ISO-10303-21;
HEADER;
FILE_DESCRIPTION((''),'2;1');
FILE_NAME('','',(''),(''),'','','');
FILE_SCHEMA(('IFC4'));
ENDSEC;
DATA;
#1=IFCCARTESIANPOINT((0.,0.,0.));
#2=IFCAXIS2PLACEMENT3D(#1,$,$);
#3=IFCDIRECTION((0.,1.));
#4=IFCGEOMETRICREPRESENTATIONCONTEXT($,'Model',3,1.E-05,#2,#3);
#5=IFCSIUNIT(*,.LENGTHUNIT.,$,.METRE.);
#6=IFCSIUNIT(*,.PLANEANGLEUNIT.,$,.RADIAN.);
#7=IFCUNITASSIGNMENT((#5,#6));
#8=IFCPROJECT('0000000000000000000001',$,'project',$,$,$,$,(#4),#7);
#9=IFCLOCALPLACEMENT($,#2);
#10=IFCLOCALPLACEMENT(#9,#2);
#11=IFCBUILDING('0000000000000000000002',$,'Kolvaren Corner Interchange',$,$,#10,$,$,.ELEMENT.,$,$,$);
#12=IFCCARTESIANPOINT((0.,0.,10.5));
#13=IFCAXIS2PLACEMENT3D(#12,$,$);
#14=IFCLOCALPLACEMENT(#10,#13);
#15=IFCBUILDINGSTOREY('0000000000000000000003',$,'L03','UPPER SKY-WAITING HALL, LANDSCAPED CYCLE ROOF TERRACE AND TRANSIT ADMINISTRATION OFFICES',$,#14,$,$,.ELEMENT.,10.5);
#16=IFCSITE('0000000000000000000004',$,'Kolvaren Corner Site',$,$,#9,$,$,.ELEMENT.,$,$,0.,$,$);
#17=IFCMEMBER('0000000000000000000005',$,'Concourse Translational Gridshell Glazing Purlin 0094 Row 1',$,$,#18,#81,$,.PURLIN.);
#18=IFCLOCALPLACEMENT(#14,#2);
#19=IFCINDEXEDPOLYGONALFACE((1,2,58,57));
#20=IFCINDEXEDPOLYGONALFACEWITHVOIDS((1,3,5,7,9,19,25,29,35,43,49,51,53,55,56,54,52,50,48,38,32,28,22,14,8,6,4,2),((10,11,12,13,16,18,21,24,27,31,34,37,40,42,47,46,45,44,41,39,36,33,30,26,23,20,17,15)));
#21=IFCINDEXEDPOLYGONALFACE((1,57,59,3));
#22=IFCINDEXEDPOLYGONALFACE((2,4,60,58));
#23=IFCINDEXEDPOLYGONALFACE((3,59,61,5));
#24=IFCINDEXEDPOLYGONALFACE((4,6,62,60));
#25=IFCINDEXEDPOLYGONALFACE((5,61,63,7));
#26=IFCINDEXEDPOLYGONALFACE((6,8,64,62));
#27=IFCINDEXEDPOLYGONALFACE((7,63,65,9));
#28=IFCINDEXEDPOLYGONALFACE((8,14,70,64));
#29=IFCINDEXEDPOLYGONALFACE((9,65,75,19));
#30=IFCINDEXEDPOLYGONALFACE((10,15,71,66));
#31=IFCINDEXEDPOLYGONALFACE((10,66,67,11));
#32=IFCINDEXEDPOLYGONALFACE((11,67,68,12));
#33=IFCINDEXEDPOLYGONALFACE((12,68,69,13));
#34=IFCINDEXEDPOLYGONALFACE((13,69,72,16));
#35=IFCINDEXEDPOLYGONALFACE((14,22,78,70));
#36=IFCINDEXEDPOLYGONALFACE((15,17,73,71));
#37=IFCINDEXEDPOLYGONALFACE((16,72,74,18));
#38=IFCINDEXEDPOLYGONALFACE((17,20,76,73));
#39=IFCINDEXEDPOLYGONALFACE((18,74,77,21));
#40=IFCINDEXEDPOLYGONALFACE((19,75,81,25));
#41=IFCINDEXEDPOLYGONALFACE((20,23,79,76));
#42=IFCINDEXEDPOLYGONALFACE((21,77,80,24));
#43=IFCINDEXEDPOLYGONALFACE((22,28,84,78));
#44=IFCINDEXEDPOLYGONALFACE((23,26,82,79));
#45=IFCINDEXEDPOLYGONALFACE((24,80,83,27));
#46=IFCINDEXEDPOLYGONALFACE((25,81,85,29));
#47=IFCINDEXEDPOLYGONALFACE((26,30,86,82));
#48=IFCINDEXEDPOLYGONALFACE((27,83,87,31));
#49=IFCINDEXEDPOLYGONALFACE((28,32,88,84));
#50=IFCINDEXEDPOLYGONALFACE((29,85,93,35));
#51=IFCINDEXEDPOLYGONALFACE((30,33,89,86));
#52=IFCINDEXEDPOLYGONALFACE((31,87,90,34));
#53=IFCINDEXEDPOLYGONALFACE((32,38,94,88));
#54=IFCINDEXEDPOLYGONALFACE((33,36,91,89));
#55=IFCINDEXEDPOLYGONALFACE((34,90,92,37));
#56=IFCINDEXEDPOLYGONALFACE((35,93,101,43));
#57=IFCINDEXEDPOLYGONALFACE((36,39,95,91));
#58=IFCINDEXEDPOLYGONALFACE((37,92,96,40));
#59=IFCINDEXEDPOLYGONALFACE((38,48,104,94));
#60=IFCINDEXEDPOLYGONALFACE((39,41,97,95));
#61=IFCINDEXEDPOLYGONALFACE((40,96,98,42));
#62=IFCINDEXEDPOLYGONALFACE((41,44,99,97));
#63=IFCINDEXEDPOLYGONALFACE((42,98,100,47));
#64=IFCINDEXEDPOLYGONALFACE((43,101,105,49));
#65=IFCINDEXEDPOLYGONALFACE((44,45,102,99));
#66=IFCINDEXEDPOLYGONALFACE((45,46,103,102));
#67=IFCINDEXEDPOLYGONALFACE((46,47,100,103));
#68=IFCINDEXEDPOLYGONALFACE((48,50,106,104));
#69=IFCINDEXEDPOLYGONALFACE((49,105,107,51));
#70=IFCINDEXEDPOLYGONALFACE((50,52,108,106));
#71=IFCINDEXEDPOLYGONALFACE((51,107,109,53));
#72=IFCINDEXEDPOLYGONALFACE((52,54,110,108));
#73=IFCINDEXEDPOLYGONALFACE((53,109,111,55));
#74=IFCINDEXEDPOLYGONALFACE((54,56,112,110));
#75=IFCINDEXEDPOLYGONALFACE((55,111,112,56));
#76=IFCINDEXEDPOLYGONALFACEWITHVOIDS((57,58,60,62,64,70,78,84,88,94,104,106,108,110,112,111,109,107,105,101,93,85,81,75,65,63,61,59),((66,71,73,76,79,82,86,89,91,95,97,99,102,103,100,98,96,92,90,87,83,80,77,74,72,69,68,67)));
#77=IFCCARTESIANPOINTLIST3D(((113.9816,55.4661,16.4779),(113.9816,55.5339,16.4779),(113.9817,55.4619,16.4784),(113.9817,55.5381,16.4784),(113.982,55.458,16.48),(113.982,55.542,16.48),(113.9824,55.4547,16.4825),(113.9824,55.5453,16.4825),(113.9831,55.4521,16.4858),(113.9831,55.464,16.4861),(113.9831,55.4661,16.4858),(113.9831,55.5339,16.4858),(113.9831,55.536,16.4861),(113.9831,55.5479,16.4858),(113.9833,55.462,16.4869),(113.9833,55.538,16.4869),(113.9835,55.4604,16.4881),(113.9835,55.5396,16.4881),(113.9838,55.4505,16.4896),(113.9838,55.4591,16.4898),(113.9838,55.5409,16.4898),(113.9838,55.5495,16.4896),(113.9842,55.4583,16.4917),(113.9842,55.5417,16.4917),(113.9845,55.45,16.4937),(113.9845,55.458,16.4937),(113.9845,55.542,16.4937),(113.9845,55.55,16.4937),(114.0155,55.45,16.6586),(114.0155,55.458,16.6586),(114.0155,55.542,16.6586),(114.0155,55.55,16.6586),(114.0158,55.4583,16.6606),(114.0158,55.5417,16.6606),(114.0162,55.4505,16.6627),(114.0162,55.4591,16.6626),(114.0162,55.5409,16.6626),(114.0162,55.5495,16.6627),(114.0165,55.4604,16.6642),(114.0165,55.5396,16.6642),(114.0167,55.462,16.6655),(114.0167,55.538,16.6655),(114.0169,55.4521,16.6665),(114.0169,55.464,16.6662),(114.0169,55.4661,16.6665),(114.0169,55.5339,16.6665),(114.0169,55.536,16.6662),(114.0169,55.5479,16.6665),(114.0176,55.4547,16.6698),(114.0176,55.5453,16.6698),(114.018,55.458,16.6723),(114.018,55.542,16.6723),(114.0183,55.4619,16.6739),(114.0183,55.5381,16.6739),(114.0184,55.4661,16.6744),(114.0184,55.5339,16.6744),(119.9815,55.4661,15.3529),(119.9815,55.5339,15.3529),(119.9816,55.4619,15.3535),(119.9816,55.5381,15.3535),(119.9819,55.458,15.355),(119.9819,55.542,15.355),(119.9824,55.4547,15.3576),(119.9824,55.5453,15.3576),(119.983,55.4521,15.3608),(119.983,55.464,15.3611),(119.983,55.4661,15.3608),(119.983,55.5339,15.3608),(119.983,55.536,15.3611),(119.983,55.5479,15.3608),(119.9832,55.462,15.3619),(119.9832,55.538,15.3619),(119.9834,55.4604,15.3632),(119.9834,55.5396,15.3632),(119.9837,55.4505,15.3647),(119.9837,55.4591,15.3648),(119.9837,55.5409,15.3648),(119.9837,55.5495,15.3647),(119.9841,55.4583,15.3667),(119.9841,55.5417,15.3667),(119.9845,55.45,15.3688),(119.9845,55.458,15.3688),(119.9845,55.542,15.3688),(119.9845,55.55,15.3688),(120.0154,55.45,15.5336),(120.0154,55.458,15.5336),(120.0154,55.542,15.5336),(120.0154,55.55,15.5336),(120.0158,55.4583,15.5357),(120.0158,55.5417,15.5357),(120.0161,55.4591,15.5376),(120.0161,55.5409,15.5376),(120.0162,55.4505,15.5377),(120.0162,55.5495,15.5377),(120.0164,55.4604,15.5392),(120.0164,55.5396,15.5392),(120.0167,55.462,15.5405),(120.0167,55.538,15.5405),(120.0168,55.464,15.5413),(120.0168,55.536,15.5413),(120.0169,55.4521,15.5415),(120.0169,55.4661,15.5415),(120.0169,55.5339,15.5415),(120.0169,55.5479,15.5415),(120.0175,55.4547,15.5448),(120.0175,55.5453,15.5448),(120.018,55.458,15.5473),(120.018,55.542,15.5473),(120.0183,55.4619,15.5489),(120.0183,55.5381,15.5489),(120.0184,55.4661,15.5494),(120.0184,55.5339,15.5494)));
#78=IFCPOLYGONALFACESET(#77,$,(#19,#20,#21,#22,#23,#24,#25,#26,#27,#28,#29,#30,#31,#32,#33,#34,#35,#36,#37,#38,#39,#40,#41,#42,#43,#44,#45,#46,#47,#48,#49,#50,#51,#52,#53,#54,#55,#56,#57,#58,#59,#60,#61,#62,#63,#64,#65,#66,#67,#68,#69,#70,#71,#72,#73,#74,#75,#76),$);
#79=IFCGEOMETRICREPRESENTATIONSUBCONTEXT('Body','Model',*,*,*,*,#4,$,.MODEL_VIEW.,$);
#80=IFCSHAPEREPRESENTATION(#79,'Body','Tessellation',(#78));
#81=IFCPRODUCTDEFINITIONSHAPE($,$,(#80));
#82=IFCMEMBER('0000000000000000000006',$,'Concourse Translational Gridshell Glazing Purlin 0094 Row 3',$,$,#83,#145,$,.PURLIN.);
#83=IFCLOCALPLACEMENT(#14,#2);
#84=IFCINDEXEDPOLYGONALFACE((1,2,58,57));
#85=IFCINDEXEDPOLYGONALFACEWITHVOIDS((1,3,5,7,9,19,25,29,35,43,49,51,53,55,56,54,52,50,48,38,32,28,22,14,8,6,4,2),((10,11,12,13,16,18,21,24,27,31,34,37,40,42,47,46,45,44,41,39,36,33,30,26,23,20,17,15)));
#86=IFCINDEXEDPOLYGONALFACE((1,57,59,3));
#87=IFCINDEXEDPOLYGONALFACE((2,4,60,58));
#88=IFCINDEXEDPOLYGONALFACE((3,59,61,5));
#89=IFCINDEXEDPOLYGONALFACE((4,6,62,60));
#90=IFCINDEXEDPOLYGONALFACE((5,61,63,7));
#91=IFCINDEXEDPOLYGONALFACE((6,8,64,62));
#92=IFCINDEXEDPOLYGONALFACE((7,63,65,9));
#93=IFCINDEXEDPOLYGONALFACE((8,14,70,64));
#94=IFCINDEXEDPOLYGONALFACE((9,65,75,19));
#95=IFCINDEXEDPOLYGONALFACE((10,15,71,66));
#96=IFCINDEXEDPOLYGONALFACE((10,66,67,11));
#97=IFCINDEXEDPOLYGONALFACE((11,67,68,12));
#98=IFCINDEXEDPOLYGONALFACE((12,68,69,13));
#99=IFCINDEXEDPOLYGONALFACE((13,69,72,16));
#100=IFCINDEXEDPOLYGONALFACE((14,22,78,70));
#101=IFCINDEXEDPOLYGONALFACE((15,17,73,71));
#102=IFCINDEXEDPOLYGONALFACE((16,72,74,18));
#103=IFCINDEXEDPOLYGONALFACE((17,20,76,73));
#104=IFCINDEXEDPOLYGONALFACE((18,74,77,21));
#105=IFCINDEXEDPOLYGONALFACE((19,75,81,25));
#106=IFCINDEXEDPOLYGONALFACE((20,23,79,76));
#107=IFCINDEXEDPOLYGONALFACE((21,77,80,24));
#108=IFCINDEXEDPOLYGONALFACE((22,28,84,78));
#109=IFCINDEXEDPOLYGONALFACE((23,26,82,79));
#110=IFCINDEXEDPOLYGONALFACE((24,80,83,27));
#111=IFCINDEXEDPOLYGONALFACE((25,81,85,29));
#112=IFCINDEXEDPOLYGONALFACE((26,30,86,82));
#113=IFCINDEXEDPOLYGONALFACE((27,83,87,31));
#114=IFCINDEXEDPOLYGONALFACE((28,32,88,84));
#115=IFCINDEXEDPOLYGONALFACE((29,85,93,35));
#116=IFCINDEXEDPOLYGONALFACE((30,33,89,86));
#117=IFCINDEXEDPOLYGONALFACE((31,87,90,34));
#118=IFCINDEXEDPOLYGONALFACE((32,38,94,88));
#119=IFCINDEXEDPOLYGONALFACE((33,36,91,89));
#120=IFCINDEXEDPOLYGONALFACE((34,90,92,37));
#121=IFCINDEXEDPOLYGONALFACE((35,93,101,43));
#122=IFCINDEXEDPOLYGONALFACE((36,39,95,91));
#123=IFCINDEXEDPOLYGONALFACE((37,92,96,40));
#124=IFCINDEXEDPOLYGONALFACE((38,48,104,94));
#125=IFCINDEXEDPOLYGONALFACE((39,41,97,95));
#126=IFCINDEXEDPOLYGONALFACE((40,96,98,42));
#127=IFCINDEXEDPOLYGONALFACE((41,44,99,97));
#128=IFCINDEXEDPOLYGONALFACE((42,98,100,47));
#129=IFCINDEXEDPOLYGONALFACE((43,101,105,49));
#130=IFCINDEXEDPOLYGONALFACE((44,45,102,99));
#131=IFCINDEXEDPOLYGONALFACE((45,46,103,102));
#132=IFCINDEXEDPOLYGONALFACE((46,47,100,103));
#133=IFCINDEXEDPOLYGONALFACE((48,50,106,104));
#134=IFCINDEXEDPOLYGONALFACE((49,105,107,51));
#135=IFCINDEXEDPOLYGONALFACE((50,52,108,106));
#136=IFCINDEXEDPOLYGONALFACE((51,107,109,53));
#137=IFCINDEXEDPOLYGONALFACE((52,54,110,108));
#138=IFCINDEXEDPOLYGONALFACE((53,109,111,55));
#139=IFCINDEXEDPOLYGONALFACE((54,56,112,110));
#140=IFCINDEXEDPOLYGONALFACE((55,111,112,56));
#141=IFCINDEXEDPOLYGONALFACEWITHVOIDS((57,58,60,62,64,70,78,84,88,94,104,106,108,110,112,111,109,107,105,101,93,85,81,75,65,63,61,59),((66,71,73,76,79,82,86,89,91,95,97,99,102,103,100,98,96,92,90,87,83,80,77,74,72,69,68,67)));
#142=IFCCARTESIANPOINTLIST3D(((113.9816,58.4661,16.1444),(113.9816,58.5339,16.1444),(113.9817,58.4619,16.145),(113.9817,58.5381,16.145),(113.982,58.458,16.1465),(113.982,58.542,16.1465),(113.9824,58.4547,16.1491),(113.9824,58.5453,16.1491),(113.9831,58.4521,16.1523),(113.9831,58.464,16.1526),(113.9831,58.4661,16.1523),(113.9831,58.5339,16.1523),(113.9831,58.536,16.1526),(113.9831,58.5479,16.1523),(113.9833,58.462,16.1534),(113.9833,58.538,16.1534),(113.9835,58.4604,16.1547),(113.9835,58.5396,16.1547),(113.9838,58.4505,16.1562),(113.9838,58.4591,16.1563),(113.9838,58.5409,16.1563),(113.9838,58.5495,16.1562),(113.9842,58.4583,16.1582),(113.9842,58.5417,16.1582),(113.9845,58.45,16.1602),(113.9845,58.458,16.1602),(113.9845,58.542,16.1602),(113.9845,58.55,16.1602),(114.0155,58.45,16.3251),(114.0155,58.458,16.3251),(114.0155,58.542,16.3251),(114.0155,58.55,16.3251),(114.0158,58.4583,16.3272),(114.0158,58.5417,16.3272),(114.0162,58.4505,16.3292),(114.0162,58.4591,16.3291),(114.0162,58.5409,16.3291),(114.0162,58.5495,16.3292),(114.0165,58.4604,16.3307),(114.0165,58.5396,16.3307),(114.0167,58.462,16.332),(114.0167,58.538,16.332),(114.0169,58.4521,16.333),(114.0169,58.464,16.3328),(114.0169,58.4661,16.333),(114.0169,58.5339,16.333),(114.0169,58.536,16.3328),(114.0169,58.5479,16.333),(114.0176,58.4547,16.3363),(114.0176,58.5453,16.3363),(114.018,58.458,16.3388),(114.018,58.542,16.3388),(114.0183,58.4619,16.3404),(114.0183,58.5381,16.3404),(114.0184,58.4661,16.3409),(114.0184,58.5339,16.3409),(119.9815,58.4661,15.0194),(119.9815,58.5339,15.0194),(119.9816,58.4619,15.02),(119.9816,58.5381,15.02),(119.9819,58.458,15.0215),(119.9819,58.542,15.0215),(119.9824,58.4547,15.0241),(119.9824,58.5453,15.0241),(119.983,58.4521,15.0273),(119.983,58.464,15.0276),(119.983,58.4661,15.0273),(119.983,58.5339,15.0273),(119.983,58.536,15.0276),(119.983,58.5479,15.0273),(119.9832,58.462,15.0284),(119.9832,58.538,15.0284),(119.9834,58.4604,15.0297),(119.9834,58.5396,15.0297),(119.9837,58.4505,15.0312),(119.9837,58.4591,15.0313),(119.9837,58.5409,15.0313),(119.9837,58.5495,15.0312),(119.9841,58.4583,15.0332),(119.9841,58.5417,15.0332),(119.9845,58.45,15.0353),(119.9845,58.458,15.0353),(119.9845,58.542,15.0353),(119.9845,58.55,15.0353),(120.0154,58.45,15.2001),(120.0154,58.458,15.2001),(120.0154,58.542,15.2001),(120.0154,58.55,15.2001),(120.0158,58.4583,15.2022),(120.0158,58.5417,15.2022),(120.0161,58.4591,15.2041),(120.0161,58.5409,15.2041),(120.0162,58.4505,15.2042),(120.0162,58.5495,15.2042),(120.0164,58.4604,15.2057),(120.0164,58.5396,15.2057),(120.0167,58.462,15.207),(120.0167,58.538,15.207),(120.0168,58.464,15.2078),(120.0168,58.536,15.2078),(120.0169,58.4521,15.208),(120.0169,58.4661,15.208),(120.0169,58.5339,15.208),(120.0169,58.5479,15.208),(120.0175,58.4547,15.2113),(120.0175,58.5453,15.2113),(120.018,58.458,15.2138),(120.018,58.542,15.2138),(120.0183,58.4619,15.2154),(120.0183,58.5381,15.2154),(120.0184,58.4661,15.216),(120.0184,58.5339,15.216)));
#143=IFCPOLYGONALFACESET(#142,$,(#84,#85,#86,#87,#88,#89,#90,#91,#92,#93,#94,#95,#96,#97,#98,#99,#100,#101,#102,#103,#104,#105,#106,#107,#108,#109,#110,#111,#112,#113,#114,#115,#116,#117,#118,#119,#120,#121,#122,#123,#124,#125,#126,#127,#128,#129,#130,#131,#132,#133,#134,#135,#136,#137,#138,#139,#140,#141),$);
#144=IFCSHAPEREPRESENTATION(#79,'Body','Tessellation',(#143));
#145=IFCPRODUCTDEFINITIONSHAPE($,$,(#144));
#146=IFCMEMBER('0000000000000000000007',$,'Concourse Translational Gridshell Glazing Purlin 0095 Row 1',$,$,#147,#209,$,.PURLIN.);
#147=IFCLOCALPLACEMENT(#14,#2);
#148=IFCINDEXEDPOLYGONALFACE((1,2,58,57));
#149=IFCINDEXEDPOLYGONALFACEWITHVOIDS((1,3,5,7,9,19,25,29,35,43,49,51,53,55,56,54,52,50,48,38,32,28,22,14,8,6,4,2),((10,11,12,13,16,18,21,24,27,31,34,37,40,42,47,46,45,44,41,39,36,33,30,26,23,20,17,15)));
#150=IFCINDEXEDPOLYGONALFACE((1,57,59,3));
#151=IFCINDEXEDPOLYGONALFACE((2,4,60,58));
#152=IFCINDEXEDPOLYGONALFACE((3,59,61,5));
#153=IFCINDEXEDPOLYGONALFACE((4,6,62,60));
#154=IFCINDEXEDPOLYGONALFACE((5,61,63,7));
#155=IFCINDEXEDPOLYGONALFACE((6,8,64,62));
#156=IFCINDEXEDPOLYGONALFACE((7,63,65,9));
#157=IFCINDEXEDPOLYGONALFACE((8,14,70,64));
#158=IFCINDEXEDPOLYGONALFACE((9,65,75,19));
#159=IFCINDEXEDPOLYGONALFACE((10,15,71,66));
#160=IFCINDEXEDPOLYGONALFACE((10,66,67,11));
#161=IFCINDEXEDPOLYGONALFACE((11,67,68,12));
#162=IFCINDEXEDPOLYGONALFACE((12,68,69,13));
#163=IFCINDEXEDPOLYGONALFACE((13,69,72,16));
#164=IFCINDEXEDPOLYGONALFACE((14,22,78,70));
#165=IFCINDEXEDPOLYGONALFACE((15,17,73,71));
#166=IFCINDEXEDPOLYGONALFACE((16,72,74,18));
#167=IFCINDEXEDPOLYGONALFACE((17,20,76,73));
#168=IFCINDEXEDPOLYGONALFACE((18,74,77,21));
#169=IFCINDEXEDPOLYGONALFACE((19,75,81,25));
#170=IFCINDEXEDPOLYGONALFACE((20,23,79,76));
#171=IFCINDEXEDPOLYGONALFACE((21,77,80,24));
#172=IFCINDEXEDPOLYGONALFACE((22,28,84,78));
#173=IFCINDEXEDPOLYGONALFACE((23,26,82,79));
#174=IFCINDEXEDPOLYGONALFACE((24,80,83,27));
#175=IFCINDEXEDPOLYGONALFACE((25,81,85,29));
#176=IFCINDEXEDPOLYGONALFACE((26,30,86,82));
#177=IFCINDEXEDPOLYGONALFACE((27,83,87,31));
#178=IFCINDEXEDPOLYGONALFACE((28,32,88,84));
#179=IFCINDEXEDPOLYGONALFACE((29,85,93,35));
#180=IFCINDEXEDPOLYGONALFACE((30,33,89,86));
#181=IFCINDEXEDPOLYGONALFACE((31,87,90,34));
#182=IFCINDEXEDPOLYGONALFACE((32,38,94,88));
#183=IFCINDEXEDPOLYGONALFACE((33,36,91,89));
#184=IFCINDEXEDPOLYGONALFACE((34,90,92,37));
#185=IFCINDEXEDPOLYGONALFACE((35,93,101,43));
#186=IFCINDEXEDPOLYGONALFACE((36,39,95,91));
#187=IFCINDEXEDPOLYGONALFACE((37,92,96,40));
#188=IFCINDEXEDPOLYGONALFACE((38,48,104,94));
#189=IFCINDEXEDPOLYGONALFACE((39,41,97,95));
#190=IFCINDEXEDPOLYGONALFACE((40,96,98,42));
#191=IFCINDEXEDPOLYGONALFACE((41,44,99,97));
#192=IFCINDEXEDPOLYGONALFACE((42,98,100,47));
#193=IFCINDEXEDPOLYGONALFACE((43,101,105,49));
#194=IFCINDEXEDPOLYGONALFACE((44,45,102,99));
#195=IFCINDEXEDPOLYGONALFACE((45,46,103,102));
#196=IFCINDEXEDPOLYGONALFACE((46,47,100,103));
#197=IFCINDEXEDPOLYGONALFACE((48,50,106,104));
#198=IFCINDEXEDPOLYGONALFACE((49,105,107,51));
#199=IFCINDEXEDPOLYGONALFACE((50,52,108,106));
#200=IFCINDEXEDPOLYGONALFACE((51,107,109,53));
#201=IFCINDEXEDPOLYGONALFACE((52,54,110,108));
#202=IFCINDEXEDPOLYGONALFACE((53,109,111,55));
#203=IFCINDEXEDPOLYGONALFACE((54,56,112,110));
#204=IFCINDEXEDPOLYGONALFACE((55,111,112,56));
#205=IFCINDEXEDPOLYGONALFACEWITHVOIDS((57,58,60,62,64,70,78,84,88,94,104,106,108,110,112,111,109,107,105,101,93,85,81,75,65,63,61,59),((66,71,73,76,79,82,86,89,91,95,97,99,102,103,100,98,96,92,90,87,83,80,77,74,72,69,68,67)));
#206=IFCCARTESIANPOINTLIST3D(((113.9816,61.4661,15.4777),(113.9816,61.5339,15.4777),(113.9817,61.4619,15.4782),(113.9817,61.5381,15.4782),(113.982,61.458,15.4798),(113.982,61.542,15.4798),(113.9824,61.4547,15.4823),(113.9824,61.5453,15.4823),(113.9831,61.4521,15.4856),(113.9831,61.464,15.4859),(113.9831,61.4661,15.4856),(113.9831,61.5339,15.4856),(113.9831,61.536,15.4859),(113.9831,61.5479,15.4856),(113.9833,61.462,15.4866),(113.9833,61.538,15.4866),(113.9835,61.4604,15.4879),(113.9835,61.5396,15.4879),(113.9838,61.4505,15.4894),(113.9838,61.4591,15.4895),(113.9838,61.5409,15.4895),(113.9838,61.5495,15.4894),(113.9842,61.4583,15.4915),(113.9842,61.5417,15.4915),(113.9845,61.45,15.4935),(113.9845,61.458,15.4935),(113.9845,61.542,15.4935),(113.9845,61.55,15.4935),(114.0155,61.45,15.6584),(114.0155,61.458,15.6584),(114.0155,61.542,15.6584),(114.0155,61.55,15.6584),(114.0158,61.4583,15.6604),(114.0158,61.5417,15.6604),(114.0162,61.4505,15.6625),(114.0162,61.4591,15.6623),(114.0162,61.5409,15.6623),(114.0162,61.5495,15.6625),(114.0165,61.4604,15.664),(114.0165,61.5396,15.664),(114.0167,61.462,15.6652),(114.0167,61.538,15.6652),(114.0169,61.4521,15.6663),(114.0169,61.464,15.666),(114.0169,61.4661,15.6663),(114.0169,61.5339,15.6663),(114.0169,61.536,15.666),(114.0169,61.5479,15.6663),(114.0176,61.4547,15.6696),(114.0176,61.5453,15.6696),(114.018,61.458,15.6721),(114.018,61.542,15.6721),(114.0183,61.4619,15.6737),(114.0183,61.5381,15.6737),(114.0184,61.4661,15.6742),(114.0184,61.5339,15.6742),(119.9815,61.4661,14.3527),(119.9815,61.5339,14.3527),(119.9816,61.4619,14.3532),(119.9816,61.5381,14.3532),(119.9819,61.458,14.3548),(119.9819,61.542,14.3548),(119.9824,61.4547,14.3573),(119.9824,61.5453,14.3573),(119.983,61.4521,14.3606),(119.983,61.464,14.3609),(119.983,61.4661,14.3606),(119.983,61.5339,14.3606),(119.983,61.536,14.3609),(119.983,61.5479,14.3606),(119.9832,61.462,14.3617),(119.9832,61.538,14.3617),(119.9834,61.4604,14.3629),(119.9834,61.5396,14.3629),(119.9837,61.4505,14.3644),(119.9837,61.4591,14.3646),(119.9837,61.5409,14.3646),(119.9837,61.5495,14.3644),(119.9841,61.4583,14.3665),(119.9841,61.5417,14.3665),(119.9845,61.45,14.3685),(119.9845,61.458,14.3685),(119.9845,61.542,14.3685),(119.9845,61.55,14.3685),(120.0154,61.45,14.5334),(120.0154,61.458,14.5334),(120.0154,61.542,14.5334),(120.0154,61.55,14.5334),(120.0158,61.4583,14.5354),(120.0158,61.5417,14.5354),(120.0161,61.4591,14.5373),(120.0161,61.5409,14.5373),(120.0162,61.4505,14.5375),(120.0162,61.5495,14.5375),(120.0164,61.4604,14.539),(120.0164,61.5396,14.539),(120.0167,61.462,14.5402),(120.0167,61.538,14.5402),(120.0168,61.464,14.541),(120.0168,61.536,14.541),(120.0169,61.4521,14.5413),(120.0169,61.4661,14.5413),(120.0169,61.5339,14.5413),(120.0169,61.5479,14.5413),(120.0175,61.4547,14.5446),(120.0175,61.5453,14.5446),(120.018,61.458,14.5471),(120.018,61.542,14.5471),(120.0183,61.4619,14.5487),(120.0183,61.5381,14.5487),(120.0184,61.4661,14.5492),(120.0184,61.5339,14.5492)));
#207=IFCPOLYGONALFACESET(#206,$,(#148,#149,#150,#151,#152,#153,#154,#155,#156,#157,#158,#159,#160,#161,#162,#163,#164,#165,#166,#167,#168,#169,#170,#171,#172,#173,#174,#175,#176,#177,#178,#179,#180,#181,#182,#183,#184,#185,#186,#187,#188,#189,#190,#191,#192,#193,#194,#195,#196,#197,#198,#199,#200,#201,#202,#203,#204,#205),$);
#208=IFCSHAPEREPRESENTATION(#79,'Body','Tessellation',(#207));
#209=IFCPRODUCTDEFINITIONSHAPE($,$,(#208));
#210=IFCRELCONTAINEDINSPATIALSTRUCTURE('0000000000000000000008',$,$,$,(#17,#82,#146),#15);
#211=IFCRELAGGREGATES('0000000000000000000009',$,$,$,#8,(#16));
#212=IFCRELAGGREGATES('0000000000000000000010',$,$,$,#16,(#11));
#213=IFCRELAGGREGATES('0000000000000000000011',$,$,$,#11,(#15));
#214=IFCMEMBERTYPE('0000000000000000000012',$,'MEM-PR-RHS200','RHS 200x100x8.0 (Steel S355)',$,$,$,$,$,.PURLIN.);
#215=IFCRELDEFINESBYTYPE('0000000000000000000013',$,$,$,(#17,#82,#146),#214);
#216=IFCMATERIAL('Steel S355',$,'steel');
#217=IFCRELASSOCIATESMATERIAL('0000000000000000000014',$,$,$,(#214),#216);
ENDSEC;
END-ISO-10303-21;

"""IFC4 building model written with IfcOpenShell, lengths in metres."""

from ifc_helpers import new_model, si_unit, direction, frame, origin, origin_2d, place, context, subcontext, project, spatial, hollow_rectangle, extrude, material, material_profile, profile_set, type_object, element, save


model = new_model("IFC4")

# Units and contexts
model_context = context("Model", 3, precision=1e-05, world=origin(), true_north=direction((0.0, 1.0)))
body_context = subcontext(model_context, "Body", "Model", "MODEL_VIEW")
ifc_project = project(units=[si_unit("LENGTHUNIT", "METRE"), si_unit("PLANEANGLEUNIT", "RADIAN")], contexts=[model_context])

# Site, building, storey
site_placement = place(None, origin())
site = spatial("IfcSite", under=ifc_project, at=site_placement, Name="Kolvaren Corner Site", CompositionType="ELEMENT", RefElevation=0.0)
building_placement = place(site_placement, origin())
building = spatial("IfcBuilding", under=site, at=building_placement, Name="Kolvaren Corner Interchange", CompositionType="ELEMENT")
storey_placement = place(building_placement, frame((0.0, 0.0, 10.5)))
storey = spatial("IfcBuildingStorey", under=building, at=storey_placement, Name="L03", Description="UPPER SKY-WAITING HALL, LANDSCAPED CYCLE ROOF TERRACE AND TRANSIT ADMINISTRATION OFFICES", CompositionType="ELEMENT", Elevation=10.5)

# Members
ifc_material_1 = material(Name="Steel S355", Category="steel")
ifc_material_profile_1 = material_profile(ifc_material_1, hollow_rectangle(XDim=0.1001, YDim=0.2, WallThickness=0.0081, InnerFilletRadius=0.0081, OuterFilletRadius=0.0161, at=origin_2d()), Name="RHS 200x100x8.0")
ifc_profile_set_1 = profile_set([ifc_material_profile_1], Name="Steel S355")
member_type_1 = type_object("IfcMemberType", Name="MEM-PR-RHS200", Description="RHS 200x100x8.0 (Steel S355)", PredefinedType="PURLIN", material=ifc_profile_set_1)
for number, where, z_axis, x_axis, name in (
    (1, (114.0, 55.5, 16.5762), (0.982872, 0.0, -0.184289), (0.0, 1.0, 0.0), "Concourse Translational Gridshell Glazing Purlin 0094 Row 1"),
    (2, (114.0, 58.5, 16.2427), (0.982872, 0.0, -0.184289), (0.0, 1.0, 0.0), "Concourse Translational Gridshell Glazing Purlin 0094 Row 3"),
    (3, (114.0, 61.5, 15.5759), (0.982872, 0.0, -0.184289), (0.0, 1.0, 0.0), "Concourse Translational Gridshell Glazing Purlin 0095 Row 1"),
):
    element("IfcMember", number, at=place(storey_placement, frame(where, z_axis=z_axis, x_axis=x_axis)), inside=storey, type_object=member_type_1, Name=name, PredefinedType="PURLIN", context=body_context, shape_type="SweptSolid", body=[
        extrude(hollow_rectangle(XDim=0.1001, YDim=0.2, WallThickness=0.0081, InnerFilletRadius=0.0081, OuterFilletRadius=0.0161, at=origin_2d()), origin(), (0.0, 0.0, 1.0), 6.1045),
    ])

save(model, "model.ifc")
